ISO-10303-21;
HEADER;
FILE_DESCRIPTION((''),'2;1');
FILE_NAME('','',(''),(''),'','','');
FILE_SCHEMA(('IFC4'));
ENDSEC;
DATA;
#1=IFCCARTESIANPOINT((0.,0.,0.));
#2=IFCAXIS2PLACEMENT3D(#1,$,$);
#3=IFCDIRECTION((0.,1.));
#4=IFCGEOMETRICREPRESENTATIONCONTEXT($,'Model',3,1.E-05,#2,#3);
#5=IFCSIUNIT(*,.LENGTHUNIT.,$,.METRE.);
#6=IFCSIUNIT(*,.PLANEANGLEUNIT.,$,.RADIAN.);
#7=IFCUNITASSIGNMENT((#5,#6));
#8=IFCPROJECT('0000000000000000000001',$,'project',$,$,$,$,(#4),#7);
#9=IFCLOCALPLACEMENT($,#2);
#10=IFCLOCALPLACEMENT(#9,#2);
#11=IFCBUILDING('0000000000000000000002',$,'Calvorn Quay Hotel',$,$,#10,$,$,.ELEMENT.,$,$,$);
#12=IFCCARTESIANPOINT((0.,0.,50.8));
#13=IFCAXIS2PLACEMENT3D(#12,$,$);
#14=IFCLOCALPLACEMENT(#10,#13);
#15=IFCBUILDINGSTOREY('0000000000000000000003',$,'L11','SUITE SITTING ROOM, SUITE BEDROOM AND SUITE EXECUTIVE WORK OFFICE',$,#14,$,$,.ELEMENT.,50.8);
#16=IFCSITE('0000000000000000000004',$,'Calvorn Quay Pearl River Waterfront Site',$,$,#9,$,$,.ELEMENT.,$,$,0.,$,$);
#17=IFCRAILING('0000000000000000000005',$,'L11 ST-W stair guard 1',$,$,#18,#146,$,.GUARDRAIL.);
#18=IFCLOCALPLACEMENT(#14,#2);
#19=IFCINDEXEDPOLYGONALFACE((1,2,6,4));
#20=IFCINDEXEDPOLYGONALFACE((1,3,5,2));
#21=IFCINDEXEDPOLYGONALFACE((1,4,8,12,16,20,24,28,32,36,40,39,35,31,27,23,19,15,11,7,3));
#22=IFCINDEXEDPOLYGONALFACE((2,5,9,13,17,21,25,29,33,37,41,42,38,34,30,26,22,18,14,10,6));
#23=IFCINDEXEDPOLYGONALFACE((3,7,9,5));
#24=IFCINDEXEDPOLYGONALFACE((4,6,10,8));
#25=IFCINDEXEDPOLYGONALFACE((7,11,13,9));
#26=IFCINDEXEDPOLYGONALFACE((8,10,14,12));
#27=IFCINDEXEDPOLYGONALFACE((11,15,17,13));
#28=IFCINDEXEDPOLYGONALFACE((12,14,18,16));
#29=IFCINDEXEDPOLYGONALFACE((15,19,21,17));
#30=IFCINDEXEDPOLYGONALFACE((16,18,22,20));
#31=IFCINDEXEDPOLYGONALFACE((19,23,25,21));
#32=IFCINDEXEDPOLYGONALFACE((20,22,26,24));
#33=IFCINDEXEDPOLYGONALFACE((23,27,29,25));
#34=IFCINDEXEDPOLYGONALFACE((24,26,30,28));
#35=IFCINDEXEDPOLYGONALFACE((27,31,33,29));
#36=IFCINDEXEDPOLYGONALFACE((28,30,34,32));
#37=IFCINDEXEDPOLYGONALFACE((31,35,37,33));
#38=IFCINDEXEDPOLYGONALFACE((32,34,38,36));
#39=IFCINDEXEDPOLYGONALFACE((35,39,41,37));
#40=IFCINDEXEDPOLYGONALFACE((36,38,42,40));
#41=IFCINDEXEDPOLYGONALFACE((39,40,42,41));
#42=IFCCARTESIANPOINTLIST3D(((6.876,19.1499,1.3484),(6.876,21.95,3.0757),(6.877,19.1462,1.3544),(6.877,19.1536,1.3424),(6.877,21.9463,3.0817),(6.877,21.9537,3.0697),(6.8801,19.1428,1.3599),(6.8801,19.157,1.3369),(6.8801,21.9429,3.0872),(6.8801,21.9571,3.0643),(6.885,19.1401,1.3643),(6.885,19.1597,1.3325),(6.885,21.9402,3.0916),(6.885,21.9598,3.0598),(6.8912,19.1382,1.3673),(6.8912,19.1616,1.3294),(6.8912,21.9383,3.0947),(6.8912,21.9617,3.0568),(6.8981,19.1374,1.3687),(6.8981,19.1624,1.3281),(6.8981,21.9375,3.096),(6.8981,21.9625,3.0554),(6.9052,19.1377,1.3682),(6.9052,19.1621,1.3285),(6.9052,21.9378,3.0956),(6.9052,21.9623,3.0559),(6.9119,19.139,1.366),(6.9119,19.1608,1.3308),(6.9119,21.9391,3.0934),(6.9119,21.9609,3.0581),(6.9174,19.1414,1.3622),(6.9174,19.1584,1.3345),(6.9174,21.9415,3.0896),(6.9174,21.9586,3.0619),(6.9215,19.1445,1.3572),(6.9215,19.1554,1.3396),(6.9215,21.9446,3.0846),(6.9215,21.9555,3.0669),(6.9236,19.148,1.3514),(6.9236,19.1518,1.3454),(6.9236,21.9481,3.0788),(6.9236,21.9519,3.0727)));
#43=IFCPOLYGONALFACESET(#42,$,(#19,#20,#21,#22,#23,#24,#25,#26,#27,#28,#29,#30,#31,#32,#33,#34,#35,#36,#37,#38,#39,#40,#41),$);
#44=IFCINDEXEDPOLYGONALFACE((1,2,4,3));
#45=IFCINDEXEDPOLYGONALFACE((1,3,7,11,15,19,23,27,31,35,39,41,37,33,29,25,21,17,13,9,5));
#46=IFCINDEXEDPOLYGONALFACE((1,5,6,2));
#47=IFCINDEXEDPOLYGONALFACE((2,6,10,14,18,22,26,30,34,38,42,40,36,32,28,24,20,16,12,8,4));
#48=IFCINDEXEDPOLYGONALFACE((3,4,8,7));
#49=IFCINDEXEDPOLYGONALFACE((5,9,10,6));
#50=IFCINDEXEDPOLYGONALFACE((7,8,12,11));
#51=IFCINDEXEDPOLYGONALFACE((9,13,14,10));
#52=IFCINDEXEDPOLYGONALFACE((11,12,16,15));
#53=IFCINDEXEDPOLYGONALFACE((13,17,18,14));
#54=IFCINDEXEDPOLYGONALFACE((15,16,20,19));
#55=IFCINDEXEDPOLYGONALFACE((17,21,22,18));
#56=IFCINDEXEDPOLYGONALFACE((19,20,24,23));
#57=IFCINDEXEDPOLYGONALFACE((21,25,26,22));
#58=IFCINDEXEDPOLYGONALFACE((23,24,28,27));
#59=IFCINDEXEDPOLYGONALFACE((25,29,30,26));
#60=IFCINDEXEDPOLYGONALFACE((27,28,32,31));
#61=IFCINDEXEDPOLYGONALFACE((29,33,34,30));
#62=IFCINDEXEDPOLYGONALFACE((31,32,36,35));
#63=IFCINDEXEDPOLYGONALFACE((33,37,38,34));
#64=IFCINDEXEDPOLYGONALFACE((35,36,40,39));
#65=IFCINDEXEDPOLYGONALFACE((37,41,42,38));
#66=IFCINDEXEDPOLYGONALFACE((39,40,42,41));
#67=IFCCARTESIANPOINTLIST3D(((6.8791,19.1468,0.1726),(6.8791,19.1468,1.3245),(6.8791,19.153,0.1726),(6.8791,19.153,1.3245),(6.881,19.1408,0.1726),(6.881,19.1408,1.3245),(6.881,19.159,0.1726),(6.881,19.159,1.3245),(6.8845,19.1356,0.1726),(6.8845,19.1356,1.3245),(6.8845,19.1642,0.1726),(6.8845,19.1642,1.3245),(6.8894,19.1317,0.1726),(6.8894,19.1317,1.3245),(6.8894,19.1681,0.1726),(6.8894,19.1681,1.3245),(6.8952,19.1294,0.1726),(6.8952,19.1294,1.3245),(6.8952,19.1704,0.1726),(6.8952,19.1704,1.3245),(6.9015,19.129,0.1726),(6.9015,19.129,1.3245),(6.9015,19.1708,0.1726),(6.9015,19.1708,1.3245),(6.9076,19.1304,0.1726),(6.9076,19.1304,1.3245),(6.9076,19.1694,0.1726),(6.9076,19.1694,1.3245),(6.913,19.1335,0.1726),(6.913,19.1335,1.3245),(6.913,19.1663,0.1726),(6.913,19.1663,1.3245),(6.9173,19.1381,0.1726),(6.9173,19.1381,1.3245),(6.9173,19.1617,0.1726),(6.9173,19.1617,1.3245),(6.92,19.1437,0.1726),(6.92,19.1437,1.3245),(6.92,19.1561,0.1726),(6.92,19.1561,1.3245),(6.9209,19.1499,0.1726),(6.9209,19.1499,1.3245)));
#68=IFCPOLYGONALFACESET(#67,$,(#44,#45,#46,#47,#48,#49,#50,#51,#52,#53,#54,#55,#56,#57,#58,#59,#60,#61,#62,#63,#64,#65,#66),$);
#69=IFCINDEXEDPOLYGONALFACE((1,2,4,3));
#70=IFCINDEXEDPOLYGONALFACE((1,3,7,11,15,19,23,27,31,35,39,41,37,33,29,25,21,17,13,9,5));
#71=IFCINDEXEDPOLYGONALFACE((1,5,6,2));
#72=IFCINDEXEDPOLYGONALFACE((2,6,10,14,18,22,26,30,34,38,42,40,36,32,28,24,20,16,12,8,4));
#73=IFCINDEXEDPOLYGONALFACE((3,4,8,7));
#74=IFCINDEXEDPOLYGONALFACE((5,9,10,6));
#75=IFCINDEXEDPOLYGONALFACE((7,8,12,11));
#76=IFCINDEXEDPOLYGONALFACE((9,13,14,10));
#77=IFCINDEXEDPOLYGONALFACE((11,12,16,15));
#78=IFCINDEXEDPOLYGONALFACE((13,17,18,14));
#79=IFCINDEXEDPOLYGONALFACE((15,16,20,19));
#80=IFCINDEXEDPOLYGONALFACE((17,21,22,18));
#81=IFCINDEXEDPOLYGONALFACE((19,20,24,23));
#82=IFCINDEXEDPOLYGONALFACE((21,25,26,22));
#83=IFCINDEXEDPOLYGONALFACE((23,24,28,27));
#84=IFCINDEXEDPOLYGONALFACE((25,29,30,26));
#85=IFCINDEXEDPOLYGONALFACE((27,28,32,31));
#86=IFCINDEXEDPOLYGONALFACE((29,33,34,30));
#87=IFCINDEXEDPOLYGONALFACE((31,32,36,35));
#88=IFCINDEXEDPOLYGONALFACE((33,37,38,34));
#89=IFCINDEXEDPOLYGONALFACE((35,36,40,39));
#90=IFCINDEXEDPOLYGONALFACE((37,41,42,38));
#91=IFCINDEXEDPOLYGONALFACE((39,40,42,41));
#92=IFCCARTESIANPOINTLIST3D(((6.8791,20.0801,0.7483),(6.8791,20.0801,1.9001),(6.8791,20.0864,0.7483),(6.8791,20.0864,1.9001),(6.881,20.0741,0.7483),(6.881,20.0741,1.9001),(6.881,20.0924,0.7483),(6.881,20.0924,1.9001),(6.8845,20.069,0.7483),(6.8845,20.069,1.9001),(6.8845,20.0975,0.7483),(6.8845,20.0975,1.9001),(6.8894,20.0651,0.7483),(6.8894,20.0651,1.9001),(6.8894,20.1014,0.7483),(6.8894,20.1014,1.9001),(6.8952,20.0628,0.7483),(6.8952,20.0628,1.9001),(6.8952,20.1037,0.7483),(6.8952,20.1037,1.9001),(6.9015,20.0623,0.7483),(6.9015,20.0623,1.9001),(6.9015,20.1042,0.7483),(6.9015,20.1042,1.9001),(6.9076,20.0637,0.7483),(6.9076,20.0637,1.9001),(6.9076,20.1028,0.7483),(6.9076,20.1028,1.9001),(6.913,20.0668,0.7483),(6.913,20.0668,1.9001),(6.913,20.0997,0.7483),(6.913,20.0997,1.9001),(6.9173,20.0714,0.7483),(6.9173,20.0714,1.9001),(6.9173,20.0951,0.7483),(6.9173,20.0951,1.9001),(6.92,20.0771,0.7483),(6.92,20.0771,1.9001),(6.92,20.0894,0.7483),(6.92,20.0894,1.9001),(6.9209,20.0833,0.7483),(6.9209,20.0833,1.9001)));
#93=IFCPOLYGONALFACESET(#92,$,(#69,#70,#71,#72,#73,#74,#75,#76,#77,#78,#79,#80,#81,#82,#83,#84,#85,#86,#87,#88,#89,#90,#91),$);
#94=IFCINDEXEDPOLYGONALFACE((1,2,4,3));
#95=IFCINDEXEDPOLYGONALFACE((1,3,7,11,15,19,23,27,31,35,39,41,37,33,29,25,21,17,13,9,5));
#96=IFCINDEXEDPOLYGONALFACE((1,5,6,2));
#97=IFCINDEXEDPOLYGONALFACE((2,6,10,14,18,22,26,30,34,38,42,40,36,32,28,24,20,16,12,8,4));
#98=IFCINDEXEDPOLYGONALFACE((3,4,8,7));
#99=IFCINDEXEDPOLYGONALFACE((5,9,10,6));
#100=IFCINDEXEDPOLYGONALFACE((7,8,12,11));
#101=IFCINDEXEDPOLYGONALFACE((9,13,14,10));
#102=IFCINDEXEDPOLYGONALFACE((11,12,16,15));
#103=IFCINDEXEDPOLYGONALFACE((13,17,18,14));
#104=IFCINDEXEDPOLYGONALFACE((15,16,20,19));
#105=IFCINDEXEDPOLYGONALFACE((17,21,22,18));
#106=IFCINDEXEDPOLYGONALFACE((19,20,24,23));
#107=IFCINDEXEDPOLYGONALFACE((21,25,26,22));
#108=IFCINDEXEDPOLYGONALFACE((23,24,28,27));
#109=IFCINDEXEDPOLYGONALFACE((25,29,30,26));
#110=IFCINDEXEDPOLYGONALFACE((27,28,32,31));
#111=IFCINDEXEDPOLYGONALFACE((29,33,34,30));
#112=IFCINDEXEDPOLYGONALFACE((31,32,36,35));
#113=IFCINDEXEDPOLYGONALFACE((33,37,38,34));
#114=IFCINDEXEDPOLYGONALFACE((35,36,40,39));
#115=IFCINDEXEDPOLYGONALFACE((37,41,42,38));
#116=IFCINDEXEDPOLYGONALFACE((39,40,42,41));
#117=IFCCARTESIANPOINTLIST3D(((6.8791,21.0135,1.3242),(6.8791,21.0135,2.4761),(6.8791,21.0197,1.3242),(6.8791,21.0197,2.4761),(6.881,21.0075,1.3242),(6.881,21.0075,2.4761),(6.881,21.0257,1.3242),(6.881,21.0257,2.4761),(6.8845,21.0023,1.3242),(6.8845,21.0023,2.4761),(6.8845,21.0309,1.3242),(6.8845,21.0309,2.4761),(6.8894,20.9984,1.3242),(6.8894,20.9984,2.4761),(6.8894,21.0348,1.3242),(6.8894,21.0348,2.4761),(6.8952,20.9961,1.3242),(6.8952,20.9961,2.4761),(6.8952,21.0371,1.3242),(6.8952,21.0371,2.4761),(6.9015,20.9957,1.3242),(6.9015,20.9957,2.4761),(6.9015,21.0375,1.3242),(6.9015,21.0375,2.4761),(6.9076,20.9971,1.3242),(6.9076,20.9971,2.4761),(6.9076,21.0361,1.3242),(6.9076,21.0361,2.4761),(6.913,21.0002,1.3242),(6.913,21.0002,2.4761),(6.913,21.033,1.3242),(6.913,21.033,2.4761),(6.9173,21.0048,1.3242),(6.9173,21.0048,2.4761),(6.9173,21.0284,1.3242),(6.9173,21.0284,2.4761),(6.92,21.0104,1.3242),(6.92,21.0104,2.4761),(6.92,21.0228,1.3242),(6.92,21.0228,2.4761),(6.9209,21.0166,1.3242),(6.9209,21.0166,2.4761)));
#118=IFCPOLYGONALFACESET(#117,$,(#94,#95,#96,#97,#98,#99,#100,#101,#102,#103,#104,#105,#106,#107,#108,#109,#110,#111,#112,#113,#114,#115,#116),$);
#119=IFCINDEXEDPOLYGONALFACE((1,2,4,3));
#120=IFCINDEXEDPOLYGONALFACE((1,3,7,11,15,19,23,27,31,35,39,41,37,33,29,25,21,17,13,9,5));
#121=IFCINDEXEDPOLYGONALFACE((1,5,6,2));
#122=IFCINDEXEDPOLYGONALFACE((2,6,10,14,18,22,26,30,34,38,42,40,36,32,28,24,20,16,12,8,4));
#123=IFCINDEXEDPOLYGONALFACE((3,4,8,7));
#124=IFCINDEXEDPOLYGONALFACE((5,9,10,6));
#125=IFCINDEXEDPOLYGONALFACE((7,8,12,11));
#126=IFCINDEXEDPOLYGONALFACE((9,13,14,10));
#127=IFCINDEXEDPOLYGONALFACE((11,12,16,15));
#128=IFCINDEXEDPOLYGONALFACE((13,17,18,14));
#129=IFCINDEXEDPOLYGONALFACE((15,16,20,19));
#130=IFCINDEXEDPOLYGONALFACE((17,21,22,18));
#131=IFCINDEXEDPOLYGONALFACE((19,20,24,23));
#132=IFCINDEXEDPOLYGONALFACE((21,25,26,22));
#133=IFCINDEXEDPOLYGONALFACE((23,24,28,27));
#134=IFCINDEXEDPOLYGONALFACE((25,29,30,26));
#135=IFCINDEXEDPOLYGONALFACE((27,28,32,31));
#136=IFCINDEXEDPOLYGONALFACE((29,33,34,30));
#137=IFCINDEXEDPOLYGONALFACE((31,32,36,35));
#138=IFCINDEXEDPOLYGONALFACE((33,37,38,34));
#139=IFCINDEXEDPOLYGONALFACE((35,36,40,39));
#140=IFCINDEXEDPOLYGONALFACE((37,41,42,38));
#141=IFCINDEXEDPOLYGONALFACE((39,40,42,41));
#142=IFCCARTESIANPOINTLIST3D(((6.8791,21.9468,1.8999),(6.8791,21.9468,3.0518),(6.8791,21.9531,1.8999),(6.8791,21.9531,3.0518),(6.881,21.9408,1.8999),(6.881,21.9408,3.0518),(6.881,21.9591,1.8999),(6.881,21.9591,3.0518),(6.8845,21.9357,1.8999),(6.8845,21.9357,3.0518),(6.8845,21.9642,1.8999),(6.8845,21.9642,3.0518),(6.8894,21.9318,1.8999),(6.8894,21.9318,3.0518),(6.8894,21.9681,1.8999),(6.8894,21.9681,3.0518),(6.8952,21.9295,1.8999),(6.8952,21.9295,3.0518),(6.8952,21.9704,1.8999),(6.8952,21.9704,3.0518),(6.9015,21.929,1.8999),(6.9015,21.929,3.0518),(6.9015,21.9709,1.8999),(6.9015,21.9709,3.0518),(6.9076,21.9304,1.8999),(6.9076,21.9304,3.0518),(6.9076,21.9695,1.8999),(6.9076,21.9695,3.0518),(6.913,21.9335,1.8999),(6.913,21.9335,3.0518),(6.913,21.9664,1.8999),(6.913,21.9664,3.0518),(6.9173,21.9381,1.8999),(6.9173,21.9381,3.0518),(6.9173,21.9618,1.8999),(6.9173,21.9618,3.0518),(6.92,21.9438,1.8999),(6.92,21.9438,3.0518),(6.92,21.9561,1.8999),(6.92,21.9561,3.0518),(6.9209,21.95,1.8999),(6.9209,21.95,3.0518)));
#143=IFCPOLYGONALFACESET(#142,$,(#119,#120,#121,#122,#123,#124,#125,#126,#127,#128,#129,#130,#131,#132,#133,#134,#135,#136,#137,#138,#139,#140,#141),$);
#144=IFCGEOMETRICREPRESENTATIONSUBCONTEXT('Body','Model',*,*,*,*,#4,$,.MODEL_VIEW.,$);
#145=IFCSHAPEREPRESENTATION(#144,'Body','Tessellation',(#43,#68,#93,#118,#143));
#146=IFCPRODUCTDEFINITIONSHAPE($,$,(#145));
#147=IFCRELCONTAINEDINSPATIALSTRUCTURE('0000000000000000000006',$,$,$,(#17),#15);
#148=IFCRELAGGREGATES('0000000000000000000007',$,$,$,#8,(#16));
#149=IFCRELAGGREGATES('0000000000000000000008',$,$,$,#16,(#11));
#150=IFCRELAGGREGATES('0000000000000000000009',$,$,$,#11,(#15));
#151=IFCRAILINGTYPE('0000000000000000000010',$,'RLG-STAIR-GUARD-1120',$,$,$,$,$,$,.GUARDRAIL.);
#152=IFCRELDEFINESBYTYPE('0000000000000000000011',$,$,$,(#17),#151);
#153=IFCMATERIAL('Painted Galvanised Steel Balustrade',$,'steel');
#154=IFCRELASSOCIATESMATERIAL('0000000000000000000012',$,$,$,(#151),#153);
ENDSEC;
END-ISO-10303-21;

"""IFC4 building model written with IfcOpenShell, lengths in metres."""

from ifc_helpers import new_model, si_unit, direction, frame, origin, origin_2d, place, context, subcontext, project, spatial, circle, extrude, material, type_object, element, save


model = new_model("IFC4")

# Units and contexts
model_context = context("Model", 3, precision=1e-05, world=origin(), true_north=direction((0.0, 1.0)))
body_context = subcontext(model_context, "Body", "Model", "MODEL_VIEW")
ifc_project = project(units=[si_unit("LENGTHUNIT", "METRE"), si_unit("PLANEANGLEUNIT", "RADIAN")], contexts=[model_context])

# Site, building, storey
site_placement = place(None, origin())
site = spatial("IfcSite", under=ifc_project, at=site_placement, Name="Calvorn Quay Pearl River Waterfront Site", CompositionType="ELEMENT", RefElevation=0.0)
building_placement = place(site_placement, origin())
building = spatial("IfcBuilding", under=site, at=building_placement, Name="Calvorn Quay Hotel", CompositionType="ELEMENT")
storey_placement = place(building_placement, frame((0.0, 0.0, 50.8)))
storey = spatial("IfcBuildingStorey", under=building, at=storey_placement, Name="L11", Description="SUITE SITTING ROOM, SUITE BEDROOM AND SUITE EXECUTIVE WORK OFFICE", CompositionType="ELEMENT", Elevation=50.8)

# Railing
ifc_material_1 = material(Name="Painted Galvanised Steel Balustrade", Category="steel")
railing_type_1 = type_object("IfcRailingType", Name="RLG-STAIR-GUARD-1120", PredefinedType="GUARDRAIL", material=ifc_material_1)
railing_1_placement = place(storey_placement, frame((6.8999, 19.1499, 0.1726)))
element("IfcRailing", 1, at=railing_1_placement, inside=storey, type_object=railing_type_1, Name="L11 ST-W stair guard 1", PredefinedType="GUARDRAIL", context=body_context, shape_type="SweptSolid", body=[
    extrude(circle(Radius=0.0239, at=origin_2d()), frame((0.0, 0.0, 1.1758), z_axis=(0.0, 0.85109, 0.52502), x_axis=(-1.0, 0.0, 0.0)), (0.0, 0.0, 1.0), 3.29),
    extrude(circle(Radius=0.021, at=origin_2d()), origin(), (0.0, 0.0, 1.0), 1.1519),
    extrude(circle(Radius=0.021, at=origin_2d()), frame((0.0, 0.9333, 0.5757)), (0.0, 0.0, 1.0), 1.1519),
    extrude(circle(Radius=0.021, at=origin_2d()), frame((0.0, 1.8667, 1.1516)), (0.0, 0.0, 1.0), 1.1519),
    extrude(circle(Radius=0.021, at=origin_2d()), frame((0.0, 2.8, 1.7273)), (0.0, 0.0, 1.0), 1.1519),
])

save(model, "model.ifc")
